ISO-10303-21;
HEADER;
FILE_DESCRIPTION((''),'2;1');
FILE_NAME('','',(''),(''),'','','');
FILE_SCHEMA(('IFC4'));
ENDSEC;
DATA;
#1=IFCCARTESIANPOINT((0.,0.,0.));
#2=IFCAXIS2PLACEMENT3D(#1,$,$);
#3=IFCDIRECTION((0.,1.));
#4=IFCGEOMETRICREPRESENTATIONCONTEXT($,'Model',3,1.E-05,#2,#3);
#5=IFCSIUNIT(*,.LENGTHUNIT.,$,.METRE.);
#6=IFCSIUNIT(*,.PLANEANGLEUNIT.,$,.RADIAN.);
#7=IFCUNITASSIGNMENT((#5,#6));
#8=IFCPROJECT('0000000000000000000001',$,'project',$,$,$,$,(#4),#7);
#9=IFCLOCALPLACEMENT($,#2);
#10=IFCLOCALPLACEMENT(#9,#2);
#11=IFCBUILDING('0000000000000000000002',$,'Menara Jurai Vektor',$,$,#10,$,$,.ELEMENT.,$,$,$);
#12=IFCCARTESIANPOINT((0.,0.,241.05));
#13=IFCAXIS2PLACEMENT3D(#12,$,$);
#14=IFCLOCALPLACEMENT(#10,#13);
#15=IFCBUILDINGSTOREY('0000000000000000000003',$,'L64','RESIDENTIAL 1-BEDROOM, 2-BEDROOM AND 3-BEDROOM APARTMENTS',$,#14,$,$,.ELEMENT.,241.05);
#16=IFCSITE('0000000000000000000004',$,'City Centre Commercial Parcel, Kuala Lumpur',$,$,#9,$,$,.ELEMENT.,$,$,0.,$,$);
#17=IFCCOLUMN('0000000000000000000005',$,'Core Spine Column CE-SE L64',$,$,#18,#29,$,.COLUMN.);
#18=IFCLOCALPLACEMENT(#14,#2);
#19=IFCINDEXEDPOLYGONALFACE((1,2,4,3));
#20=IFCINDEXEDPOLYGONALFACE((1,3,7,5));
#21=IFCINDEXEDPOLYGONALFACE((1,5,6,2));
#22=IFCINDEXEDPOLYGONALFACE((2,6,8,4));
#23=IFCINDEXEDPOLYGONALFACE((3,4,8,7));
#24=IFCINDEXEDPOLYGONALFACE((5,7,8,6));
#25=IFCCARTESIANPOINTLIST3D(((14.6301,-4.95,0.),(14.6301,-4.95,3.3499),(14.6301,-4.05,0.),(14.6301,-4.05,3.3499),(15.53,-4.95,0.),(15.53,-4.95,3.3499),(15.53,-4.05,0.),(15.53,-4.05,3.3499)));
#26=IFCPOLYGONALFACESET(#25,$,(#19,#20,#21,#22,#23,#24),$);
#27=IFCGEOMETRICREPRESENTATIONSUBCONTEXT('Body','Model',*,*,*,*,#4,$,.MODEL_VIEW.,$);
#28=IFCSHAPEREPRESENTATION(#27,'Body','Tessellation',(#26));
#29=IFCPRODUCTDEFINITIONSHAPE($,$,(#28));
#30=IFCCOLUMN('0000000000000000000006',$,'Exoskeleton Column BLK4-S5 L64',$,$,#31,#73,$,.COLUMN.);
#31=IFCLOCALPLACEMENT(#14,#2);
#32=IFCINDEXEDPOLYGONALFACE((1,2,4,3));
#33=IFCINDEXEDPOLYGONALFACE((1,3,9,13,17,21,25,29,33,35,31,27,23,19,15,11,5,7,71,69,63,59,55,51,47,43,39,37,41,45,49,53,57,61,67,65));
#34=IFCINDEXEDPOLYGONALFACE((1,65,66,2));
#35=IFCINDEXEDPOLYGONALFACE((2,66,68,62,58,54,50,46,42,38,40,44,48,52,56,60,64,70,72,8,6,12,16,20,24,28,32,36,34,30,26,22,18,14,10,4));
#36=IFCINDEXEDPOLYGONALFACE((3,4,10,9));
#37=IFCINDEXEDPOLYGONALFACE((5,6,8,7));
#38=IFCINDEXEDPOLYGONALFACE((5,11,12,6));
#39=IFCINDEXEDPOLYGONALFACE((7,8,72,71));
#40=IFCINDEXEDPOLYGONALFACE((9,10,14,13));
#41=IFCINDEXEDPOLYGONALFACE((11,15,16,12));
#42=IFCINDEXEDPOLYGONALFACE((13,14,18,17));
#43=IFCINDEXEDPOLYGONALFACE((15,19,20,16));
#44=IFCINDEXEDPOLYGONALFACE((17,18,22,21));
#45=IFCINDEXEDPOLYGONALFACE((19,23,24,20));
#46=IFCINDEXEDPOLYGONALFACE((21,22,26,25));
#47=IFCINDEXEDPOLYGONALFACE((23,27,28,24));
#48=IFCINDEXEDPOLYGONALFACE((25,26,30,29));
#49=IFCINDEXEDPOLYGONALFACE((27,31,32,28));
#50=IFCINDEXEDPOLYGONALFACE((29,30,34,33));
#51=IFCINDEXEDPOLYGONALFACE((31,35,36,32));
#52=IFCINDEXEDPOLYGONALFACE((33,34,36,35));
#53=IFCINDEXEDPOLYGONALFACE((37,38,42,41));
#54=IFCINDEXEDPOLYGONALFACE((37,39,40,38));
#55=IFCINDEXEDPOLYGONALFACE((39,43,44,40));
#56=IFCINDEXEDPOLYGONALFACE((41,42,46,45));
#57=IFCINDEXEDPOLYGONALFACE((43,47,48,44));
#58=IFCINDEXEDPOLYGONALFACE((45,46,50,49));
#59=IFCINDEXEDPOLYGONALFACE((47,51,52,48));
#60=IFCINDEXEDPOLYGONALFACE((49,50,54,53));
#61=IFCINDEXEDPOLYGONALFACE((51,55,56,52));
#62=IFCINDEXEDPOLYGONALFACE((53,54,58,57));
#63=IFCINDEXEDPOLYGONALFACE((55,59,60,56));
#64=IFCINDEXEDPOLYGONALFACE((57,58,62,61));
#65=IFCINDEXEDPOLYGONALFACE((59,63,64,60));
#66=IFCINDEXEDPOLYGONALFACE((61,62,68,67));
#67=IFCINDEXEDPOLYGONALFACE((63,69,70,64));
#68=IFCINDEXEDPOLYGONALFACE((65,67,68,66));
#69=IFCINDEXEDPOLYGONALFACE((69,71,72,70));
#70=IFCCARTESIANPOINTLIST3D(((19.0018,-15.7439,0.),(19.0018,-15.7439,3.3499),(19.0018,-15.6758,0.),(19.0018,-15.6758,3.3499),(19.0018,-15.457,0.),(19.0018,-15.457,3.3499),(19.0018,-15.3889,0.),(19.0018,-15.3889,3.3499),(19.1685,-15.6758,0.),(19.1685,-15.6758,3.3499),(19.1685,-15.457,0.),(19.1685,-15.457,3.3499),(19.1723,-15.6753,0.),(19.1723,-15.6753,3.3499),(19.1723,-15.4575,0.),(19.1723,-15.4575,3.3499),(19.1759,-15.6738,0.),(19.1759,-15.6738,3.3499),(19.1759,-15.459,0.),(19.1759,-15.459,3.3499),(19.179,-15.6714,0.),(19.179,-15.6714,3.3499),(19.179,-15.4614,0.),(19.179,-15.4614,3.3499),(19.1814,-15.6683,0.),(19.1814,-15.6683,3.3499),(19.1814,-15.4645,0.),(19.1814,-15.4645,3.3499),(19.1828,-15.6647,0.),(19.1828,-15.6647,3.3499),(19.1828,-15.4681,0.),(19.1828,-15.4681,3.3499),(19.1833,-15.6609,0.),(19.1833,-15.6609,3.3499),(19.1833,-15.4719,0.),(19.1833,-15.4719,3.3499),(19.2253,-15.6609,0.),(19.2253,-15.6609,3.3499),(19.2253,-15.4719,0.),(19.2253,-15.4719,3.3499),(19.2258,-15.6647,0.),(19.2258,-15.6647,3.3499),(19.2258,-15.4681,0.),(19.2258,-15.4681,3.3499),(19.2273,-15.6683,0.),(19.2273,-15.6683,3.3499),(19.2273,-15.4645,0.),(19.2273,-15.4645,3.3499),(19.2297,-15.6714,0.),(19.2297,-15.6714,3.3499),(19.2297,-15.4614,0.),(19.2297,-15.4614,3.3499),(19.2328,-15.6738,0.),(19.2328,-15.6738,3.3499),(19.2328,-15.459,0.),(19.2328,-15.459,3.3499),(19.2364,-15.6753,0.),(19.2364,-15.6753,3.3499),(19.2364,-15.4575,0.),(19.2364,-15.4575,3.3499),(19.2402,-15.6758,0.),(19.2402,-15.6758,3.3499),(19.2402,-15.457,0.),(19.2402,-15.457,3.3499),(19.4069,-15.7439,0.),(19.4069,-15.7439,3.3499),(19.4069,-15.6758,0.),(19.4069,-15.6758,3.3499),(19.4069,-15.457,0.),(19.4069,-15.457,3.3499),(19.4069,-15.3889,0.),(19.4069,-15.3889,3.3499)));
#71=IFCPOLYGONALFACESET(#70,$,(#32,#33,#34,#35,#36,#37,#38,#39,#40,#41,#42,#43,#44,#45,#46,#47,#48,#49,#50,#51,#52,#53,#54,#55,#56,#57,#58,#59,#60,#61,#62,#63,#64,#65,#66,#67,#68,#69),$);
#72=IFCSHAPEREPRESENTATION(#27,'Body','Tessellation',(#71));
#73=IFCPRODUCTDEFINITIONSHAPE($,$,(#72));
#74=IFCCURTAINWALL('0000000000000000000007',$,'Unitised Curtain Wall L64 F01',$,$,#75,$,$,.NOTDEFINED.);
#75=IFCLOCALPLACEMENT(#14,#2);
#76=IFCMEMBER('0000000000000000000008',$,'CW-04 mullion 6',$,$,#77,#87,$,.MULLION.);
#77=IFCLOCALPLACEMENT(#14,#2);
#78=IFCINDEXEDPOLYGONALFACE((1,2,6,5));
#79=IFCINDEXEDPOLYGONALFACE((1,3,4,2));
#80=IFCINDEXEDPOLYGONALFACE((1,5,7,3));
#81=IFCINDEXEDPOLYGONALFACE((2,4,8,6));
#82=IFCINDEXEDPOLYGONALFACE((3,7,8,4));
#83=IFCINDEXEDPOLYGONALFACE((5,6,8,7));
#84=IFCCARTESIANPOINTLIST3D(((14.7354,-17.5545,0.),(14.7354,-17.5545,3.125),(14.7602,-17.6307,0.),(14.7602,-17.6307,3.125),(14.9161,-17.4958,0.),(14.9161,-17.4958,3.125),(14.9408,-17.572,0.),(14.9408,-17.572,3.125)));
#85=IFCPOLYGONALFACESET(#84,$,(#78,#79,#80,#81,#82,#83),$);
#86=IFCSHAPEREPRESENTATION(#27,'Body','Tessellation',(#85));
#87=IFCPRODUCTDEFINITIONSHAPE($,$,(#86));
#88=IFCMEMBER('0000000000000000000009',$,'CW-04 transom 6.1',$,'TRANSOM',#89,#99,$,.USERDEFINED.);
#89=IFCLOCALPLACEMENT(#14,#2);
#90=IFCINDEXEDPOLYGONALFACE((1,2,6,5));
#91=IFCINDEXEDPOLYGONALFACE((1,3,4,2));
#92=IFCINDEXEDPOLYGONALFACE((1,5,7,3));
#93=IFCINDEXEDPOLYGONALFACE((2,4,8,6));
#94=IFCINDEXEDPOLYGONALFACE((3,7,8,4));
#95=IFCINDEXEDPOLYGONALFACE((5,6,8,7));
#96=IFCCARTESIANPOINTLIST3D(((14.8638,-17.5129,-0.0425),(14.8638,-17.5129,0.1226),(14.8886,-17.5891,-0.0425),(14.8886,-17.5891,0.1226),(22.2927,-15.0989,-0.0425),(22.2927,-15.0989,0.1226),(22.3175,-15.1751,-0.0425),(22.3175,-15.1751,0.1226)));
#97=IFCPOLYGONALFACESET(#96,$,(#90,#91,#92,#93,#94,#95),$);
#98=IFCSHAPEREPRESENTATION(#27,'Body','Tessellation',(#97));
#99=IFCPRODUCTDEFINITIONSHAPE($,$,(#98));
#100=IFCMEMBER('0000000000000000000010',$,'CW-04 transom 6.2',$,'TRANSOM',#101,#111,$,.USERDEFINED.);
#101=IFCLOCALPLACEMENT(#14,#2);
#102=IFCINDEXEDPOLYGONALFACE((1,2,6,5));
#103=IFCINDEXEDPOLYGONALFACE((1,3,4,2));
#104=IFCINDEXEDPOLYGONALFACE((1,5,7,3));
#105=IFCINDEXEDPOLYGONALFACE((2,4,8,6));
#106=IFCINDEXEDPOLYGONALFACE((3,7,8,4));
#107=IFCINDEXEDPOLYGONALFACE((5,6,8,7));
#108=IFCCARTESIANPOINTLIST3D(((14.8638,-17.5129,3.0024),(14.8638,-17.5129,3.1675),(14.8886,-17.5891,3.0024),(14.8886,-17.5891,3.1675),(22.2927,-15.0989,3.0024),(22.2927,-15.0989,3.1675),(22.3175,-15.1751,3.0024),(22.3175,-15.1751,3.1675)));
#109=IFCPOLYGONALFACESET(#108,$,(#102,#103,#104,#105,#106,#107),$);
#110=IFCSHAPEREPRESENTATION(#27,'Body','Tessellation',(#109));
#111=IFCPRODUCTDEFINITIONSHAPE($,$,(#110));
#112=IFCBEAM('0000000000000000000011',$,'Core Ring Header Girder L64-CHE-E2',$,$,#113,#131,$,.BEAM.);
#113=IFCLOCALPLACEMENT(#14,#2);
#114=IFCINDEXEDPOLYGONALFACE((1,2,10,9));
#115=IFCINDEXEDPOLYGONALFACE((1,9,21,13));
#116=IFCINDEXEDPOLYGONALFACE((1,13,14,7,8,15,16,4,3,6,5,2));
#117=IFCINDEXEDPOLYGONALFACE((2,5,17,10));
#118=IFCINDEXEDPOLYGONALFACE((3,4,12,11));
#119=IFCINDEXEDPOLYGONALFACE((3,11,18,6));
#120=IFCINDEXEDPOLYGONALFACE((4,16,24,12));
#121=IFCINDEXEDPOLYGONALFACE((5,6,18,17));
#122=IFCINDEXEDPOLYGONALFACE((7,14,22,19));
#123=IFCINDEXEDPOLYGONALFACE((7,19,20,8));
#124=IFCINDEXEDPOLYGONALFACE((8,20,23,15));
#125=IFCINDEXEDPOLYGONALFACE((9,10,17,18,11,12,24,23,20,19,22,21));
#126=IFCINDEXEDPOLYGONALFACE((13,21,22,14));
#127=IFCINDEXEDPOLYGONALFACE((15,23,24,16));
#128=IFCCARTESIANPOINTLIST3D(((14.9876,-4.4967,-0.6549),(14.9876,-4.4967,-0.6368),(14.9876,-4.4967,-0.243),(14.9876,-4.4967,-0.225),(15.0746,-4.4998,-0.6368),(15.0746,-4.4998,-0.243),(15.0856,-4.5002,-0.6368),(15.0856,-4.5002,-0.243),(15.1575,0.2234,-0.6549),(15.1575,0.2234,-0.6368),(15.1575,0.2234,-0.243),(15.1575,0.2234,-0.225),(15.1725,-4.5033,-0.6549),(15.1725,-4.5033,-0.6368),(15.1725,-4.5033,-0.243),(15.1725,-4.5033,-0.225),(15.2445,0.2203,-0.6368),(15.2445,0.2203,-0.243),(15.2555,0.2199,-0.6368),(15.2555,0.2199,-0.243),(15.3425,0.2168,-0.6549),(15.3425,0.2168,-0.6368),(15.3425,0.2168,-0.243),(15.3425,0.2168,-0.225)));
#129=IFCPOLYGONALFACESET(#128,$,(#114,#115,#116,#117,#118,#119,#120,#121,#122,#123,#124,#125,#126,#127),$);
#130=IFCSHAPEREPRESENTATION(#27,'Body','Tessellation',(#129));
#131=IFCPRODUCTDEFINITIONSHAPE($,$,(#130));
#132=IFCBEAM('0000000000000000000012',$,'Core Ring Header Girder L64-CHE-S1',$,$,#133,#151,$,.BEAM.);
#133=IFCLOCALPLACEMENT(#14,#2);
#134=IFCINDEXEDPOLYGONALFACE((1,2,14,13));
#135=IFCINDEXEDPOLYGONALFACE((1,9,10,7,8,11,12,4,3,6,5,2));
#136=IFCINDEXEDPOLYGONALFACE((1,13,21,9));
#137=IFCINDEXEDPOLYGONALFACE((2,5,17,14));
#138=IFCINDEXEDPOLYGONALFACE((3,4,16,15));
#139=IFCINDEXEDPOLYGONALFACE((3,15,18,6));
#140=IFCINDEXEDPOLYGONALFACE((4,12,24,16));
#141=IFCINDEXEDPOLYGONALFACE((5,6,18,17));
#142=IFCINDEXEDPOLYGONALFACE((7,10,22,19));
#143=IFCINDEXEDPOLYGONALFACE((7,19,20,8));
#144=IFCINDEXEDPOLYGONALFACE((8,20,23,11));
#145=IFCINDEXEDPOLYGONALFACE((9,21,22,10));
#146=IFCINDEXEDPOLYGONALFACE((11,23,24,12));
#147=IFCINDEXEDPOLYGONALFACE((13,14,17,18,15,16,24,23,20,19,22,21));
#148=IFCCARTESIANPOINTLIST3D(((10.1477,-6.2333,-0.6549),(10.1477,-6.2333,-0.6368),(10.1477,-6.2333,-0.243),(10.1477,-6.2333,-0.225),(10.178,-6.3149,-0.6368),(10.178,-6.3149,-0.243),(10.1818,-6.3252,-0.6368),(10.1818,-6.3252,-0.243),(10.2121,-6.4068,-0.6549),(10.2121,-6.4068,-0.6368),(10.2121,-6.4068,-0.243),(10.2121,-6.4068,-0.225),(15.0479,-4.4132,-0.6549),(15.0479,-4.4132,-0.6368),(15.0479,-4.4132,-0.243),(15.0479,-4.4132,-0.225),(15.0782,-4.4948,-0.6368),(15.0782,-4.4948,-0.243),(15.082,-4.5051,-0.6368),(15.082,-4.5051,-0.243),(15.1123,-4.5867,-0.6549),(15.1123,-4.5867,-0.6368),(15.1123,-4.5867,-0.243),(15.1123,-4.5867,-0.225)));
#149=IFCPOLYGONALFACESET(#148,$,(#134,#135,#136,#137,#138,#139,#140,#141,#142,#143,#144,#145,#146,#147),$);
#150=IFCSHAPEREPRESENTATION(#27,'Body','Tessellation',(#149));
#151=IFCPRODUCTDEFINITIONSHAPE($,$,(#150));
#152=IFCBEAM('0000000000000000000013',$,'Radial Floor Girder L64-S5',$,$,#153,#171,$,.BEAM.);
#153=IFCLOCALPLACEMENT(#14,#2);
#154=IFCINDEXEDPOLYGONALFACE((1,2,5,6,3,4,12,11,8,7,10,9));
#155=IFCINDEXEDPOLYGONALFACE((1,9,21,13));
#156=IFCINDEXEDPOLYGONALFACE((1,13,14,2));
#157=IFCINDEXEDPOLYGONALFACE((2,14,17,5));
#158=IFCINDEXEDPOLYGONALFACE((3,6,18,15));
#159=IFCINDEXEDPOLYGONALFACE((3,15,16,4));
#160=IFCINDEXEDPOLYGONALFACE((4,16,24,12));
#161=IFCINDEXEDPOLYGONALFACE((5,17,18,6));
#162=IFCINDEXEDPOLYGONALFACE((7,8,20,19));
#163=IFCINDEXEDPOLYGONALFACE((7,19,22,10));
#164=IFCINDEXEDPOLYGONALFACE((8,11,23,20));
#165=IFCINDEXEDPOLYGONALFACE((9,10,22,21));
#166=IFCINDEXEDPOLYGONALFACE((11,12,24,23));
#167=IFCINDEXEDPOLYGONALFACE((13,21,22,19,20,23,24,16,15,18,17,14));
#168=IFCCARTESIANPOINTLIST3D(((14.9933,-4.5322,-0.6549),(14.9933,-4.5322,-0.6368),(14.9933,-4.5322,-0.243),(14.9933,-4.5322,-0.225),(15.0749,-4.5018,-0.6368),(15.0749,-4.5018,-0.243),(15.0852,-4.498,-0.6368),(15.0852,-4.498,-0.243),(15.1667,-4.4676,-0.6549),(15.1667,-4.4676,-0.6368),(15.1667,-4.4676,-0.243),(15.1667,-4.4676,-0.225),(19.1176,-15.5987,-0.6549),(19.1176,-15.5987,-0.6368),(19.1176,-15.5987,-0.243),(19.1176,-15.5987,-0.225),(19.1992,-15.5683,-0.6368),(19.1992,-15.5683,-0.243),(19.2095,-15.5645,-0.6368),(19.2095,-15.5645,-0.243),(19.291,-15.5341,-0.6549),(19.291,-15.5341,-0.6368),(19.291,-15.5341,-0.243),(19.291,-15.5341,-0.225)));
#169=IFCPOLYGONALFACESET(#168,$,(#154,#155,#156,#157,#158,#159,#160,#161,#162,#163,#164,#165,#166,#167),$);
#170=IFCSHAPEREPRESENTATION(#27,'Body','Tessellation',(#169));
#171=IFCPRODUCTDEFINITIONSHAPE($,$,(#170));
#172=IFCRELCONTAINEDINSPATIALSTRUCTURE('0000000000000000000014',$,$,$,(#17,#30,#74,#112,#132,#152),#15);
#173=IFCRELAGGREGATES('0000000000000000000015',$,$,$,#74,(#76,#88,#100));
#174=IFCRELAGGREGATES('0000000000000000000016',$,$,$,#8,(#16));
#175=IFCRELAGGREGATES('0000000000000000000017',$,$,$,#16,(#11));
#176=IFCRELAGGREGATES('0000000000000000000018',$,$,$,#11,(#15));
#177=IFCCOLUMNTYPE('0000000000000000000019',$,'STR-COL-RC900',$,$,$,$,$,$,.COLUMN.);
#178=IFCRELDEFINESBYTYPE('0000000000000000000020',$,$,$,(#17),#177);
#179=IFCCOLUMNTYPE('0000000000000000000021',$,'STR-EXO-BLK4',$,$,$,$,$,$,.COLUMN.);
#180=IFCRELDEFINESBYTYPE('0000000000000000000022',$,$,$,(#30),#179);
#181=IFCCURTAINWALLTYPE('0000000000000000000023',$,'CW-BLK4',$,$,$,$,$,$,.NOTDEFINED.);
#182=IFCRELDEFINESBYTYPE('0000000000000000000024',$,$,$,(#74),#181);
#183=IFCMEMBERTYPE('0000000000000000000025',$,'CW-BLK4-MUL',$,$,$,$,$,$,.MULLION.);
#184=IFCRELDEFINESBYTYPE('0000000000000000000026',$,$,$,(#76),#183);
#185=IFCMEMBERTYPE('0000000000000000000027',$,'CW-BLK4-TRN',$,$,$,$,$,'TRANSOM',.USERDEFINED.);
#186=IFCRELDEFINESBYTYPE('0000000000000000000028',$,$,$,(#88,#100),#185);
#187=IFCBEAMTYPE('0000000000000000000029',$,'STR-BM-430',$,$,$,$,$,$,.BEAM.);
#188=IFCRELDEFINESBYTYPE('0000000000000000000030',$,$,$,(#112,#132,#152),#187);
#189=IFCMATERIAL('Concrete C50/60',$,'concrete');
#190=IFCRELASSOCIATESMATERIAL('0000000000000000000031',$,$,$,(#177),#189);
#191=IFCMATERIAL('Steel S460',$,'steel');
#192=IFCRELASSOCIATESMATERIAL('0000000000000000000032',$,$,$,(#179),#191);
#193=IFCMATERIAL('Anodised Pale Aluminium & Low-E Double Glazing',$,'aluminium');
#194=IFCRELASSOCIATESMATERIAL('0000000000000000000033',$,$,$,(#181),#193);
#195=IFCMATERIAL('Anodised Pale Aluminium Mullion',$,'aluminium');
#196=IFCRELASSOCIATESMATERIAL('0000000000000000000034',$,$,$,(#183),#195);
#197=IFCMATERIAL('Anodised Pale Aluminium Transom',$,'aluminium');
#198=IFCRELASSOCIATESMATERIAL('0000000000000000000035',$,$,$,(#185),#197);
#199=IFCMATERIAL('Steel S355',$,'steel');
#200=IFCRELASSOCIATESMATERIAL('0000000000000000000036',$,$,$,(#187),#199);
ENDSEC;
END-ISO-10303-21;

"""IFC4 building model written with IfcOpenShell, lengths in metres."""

from ifc_helpers import new_model, si_unit, direction, frame, origin, origin_2d, place, context, subcontext, project, spatial, rectangle, i_section, extrude, material, material_profile, profile_set, type_object, element, aggregate, save


model = new_model("IFC4")

# Units and contexts
model_context = context("Model", 3, precision=1e-05, world=origin(), true_north=direction((0.0, 1.0)))
body_context = subcontext(model_context, "Body", "Model", "MODEL_VIEW")
ifc_project = project(units=[si_unit("LENGTHUNIT", "METRE"), si_unit("PLANEANGLEUNIT", "RADIAN")], contexts=[model_context])

# Site, building, storey
site_placement = place(None, origin())
site = spatial("IfcSite", under=ifc_project, at=site_placement, Name="City Centre Commercial Parcel, Kuala Lumpur", CompositionType="ELEMENT", RefElevation=0.0)
building_placement = place(site_placement, origin())
building = spatial("IfcBuilding", under=site, at=building_placement, Name="Menara Jurai Vektor", CompositionType="ELEMENT")
storey_placement = place(building_placement, frame((0.0, 0.0, 241.05)))
storey = spatial("IfcBuildingStorey", under=building, at=storey_placement, Name="L64", Description="RESIDENTIAL 1-BEDROOM, 2-BEDROOM AND 3-BEDROOM APARTMENTS", CompositionType="ELEMENT", Elevation=241.05)

# Columns
ifc_material_1 = material(Name="Concrete C50/60", Category="concrete")
ifc_material_profile_1 = material_profile(ifc_material_1, rectangle(XDim=0.8999, YDim=0.8999, at=origin_2d()), Name="RC 900x900")
ifc_profile_set_1 = profile_set([ifc_material_profile_1], Name="Concrete C50/60")
column_type_1 = type_object("IfcColumnType", Name="STR-COL-RC900", PredefinedType="COLUMN", material=ifc_profile_set_1)
column_1_placement = place(storey_placement, frame((15.0801, -4.5, 0.0), z_axis=(0.0, 0.0, 1.0), x_axis=(1.0, 0.0, 0.0)))
element("IfcColumn", 1, at=column_1_placement, inside=storey, type_object=column_type_1, Name="Core Spine Column CE-SE L64", PredefinedType="COLUMN", context=body_context, shape_type="SweptSolid", body=[
    extrude(rectangle(XDim=0.8999, YDim=0.8999, at=origin_2d()), origin(), (0.0, 0.0, 1.0), 3.3499),
])
ifc_material_2 = material(Name="Steel S460", Category="steel")
ifc_material_profile_2 = material_profile(ifc_material_2, i_section(OverallWidth=0.405, OverallDepth=0.355, WebThickness=0.042, FlangeThickness=0.0681, FilletRadius=0.0149, at=origin_2d()), Name="HD 400x551")
ifc_profile_set_2 = profile_set([ifc_material_profile_2], Name="Steel S460")
column_type_2 = type_object("IfcColumnType", Name="STR-EXO-BLK4", PredefinedType="COLUMN", material=ifc_profile_set_2)
column_2_placement = place(storey_placement, frame((19.2043, -15.5664, 0.0), z_axis=(0.0, 0.0, 1.0), x_axis=(1.0, 0.0, 0.0)))
element("IfcColumn", 2, at=column_2_placement, inside=storey, type_object=column_type_2, Name="Exoskeleton Column BLK4-S5 L64", PredefinedType="COLUMN", context=body_context, shape_type="SweptSolid", body=[
    extrude(i_section(OverallWidth=0.405, OverallDepth=0.355, WebThickness=0.042, FlangeThickness=0.0681, FilletRadius=0.0149, at=origin_2d()), origin(), (0.0, 0.0, 1.0), 3.3499),
])

# Curtain wall, members
ifc_material_3 = material(Name="Anodised Pale Aluminium & Low-E Double Glazing", Category="aluminium")
curtain_wall_type = type_object("IfcCurtainWallType", Name="CW-BLK4", PredefinedType="NOTDEFINED", material=ifc_material_3)
curtain_wall_placement = place(storey_placement, origin())
curtain_wall = element("IfcCurtainWall", 3, at=curtain_wall_placement, inside=storey, type_object=curtain_wall_type, Name="Unitised Curtain Wall L64 F01", PredefinedType="NOTDEFINED")
ifc_material_4 = material(Name="Anodised Pale Aluminium Mullion", Category="aluminium")
ifc_material_profile_3 = material_profile(ifc_material_4, rectangle(XDim=0.0801, YDim=0.1899, at=origin_2d()), Name="ALU MUL 80x190")
ifc_profile_set_3 = profile_set([ifc_material_profile_3], Name="Anodised Pale Aluminium Mullion")
member_type_1 = type_object("IfcMemberType", Name="CW-BLK4-MUL", PredefinedType="MULLION", material=ifc_profile_set_3)
member_1_placement = place(storey_placement, frame((14.8381, -17.5632, 0.0), z_axis=(0.0, 0.0, 1.0), x_axis=(-0.309017, 0.951056, 0.0)))
member_1 = element("IfcMember", 4, at=member_1_placement, type_object=member_type_1, Name="CW-04 mullion 6", PredefinedType="MULLION", context=body_context, shape_type="SweptSolid", body=[
    extrude(rectangle(XDim=0.0801, YDim=0.1899, at=origin_2d()), origin(), (0.0, 0.0, 1.0), 3.125),
])
ifc_material_5 = material(Name="Anodised Pale Aluminium Transom", Category="aluminium")
ifc_material_profile_4 = material_profile(ifc_material_5, rectangle(XDim=0.0801, YDim=0.165, at=origin_2d()), Name="ALU TRN 80x165")
ifc_profile_set_4 = profile_set([ifc_material_profile_4], Name="Anodised Pale Aluminium Transom")
member_type_2 = type_object("IfcMemberType", Name="CW-BLK4-TRN", ElementType="TRANSOM", PredefinedType="USERDEFINED", material=ifc_profile_set_4)
member_2_placement = place(storey_placement, frame((14.8762, -17.551, 0.04), z_axis=(0.951047, 0.309046, 0.0), x_axis=(-0.309046, 0.951047, 0.0)))
member_2 = element("IfcMember", 5, at=member_2_placement, type_object=member_type_2, Name="CW-04 transom 6.1", ObjectType="TRANSOM", PredefinedType="USERDEFINED", context=body_context, shape_type="SweptSolid", body=[
    extrude(rectangle(XDim=0.0801, YDim=0.165, at=origin_2d()), origin(), (0.0, 0.0, 1.0), 7.8113),
])
member_3_placement = place(storey_placement, frame((14.8762, -17.551, 3.085), z_axis=(0.951047, 0.309046, 0.0), x_axis=(-0.309046, 0.951047, 0.0)))
member_3 = element("IfcMember", 6, at=member_3_placement, type_object=member_type_2, Name="CW-04 transom 6.2", ObjectType="TRANSOM", PredefinedType="USERDEFINED", context=body_context, shape_type="SweptSolid", body=[
    extrude(rectangle(XDim=0.0801, YDim=0.165, at=origin_2d()), origin(), (0.0, 0.0, 1.0), 7.8113),
])

# Beams
ifc_material_6 = material(Name="Steel S355", Category="steel")
ifc_material_profile_5 = material_profile(ifc_material_6, i_section(OverallWidth=0.1851, OverallDepth=0.4299, WebThickness=0.011, FlangeThickness=0.0181, at=origin_2d()), Name="PG 430x185x76")
ifc_profile_set_5 = profile_set([ifc_material_profile_5], Name="Steel S355")
beam_type_1 = type_object("IfcBeamType", Name="STR-BM-430", PredefinedType="BEAM", material=ifc_profile_set_5)
beam_1_placement = place(storey_placement, frame((15.0801, -4.5, -0.4399), z_axis=(0.035977, 0.999353, 0.0), x_axis=(-0.999353, 0.035977, 0.0)))
element("IfcBeam", 7, at=beam_1_placement, inside=storey, type_object=beam_type_1, Name="Core Ring Header Girder L64-CHE-E2", PredefinedType="BEAM", context=body_context, shape_type="SweptSolid", body=[
    extrude(i_section(OverallWidth=0.1851, OverallDepth=0.4299, WebThickness=0.011, FlangeThickness=0.0181, at=origin_2d()), origin(), (0.0, 0.0, 1.0), 4.7231),
])
beam_2_placement = place(storey_placement, frame((10.1799, -6.3201, -0.4399), z_axis=(0.937424, 0.348189, 0.0), x_axis=(-0.348189, 0.937424, 0.0)))
element("IfcBeam", 8, at=beam_2_placement, inside=storey, type_object=beam_type_1, Name="Core Ring Header Girder L64-CHE-S1", PredefinedType="BEAM", context=body_context, shape_type="SweptSolid", body=[
    extrude(i_section(OverallWidth=0.1851, OverallDepth=0.4299, WebThickness=0.011, FlangeThickness=0.0181, at=origin_2d()), origin(), (0.0, 0.0, 1.0), 5.2273),
])
beam_3_placement = place(storey_placement, frame((19.2043, -15.5664, -0.4399), z_axis=(-0.34922, 0.937041, 0.0), x_axis=(-0.937041, -0.34922, 0.0)))
element("IfcBeam", 9, at=beam_3_placement, inside=storey, type_object=beam_type_1, Name="Radial Floor Girder L64-S5", PredefinedType="BEAM", context=body_context, shape_type="SweptSolid", body=[
    extrude(i_section(OverallWidth=0.1851, OverallDepth=0.4299, WebThickness=0.011, FlangeThickness=0.0181, at=origin_2d()), origin(), (0.0, 0.0, 1.0), 11.8101),
])

aggregate(curtain_wall, [member_1, member_2, member_3])

save(model, "model.ifc")
